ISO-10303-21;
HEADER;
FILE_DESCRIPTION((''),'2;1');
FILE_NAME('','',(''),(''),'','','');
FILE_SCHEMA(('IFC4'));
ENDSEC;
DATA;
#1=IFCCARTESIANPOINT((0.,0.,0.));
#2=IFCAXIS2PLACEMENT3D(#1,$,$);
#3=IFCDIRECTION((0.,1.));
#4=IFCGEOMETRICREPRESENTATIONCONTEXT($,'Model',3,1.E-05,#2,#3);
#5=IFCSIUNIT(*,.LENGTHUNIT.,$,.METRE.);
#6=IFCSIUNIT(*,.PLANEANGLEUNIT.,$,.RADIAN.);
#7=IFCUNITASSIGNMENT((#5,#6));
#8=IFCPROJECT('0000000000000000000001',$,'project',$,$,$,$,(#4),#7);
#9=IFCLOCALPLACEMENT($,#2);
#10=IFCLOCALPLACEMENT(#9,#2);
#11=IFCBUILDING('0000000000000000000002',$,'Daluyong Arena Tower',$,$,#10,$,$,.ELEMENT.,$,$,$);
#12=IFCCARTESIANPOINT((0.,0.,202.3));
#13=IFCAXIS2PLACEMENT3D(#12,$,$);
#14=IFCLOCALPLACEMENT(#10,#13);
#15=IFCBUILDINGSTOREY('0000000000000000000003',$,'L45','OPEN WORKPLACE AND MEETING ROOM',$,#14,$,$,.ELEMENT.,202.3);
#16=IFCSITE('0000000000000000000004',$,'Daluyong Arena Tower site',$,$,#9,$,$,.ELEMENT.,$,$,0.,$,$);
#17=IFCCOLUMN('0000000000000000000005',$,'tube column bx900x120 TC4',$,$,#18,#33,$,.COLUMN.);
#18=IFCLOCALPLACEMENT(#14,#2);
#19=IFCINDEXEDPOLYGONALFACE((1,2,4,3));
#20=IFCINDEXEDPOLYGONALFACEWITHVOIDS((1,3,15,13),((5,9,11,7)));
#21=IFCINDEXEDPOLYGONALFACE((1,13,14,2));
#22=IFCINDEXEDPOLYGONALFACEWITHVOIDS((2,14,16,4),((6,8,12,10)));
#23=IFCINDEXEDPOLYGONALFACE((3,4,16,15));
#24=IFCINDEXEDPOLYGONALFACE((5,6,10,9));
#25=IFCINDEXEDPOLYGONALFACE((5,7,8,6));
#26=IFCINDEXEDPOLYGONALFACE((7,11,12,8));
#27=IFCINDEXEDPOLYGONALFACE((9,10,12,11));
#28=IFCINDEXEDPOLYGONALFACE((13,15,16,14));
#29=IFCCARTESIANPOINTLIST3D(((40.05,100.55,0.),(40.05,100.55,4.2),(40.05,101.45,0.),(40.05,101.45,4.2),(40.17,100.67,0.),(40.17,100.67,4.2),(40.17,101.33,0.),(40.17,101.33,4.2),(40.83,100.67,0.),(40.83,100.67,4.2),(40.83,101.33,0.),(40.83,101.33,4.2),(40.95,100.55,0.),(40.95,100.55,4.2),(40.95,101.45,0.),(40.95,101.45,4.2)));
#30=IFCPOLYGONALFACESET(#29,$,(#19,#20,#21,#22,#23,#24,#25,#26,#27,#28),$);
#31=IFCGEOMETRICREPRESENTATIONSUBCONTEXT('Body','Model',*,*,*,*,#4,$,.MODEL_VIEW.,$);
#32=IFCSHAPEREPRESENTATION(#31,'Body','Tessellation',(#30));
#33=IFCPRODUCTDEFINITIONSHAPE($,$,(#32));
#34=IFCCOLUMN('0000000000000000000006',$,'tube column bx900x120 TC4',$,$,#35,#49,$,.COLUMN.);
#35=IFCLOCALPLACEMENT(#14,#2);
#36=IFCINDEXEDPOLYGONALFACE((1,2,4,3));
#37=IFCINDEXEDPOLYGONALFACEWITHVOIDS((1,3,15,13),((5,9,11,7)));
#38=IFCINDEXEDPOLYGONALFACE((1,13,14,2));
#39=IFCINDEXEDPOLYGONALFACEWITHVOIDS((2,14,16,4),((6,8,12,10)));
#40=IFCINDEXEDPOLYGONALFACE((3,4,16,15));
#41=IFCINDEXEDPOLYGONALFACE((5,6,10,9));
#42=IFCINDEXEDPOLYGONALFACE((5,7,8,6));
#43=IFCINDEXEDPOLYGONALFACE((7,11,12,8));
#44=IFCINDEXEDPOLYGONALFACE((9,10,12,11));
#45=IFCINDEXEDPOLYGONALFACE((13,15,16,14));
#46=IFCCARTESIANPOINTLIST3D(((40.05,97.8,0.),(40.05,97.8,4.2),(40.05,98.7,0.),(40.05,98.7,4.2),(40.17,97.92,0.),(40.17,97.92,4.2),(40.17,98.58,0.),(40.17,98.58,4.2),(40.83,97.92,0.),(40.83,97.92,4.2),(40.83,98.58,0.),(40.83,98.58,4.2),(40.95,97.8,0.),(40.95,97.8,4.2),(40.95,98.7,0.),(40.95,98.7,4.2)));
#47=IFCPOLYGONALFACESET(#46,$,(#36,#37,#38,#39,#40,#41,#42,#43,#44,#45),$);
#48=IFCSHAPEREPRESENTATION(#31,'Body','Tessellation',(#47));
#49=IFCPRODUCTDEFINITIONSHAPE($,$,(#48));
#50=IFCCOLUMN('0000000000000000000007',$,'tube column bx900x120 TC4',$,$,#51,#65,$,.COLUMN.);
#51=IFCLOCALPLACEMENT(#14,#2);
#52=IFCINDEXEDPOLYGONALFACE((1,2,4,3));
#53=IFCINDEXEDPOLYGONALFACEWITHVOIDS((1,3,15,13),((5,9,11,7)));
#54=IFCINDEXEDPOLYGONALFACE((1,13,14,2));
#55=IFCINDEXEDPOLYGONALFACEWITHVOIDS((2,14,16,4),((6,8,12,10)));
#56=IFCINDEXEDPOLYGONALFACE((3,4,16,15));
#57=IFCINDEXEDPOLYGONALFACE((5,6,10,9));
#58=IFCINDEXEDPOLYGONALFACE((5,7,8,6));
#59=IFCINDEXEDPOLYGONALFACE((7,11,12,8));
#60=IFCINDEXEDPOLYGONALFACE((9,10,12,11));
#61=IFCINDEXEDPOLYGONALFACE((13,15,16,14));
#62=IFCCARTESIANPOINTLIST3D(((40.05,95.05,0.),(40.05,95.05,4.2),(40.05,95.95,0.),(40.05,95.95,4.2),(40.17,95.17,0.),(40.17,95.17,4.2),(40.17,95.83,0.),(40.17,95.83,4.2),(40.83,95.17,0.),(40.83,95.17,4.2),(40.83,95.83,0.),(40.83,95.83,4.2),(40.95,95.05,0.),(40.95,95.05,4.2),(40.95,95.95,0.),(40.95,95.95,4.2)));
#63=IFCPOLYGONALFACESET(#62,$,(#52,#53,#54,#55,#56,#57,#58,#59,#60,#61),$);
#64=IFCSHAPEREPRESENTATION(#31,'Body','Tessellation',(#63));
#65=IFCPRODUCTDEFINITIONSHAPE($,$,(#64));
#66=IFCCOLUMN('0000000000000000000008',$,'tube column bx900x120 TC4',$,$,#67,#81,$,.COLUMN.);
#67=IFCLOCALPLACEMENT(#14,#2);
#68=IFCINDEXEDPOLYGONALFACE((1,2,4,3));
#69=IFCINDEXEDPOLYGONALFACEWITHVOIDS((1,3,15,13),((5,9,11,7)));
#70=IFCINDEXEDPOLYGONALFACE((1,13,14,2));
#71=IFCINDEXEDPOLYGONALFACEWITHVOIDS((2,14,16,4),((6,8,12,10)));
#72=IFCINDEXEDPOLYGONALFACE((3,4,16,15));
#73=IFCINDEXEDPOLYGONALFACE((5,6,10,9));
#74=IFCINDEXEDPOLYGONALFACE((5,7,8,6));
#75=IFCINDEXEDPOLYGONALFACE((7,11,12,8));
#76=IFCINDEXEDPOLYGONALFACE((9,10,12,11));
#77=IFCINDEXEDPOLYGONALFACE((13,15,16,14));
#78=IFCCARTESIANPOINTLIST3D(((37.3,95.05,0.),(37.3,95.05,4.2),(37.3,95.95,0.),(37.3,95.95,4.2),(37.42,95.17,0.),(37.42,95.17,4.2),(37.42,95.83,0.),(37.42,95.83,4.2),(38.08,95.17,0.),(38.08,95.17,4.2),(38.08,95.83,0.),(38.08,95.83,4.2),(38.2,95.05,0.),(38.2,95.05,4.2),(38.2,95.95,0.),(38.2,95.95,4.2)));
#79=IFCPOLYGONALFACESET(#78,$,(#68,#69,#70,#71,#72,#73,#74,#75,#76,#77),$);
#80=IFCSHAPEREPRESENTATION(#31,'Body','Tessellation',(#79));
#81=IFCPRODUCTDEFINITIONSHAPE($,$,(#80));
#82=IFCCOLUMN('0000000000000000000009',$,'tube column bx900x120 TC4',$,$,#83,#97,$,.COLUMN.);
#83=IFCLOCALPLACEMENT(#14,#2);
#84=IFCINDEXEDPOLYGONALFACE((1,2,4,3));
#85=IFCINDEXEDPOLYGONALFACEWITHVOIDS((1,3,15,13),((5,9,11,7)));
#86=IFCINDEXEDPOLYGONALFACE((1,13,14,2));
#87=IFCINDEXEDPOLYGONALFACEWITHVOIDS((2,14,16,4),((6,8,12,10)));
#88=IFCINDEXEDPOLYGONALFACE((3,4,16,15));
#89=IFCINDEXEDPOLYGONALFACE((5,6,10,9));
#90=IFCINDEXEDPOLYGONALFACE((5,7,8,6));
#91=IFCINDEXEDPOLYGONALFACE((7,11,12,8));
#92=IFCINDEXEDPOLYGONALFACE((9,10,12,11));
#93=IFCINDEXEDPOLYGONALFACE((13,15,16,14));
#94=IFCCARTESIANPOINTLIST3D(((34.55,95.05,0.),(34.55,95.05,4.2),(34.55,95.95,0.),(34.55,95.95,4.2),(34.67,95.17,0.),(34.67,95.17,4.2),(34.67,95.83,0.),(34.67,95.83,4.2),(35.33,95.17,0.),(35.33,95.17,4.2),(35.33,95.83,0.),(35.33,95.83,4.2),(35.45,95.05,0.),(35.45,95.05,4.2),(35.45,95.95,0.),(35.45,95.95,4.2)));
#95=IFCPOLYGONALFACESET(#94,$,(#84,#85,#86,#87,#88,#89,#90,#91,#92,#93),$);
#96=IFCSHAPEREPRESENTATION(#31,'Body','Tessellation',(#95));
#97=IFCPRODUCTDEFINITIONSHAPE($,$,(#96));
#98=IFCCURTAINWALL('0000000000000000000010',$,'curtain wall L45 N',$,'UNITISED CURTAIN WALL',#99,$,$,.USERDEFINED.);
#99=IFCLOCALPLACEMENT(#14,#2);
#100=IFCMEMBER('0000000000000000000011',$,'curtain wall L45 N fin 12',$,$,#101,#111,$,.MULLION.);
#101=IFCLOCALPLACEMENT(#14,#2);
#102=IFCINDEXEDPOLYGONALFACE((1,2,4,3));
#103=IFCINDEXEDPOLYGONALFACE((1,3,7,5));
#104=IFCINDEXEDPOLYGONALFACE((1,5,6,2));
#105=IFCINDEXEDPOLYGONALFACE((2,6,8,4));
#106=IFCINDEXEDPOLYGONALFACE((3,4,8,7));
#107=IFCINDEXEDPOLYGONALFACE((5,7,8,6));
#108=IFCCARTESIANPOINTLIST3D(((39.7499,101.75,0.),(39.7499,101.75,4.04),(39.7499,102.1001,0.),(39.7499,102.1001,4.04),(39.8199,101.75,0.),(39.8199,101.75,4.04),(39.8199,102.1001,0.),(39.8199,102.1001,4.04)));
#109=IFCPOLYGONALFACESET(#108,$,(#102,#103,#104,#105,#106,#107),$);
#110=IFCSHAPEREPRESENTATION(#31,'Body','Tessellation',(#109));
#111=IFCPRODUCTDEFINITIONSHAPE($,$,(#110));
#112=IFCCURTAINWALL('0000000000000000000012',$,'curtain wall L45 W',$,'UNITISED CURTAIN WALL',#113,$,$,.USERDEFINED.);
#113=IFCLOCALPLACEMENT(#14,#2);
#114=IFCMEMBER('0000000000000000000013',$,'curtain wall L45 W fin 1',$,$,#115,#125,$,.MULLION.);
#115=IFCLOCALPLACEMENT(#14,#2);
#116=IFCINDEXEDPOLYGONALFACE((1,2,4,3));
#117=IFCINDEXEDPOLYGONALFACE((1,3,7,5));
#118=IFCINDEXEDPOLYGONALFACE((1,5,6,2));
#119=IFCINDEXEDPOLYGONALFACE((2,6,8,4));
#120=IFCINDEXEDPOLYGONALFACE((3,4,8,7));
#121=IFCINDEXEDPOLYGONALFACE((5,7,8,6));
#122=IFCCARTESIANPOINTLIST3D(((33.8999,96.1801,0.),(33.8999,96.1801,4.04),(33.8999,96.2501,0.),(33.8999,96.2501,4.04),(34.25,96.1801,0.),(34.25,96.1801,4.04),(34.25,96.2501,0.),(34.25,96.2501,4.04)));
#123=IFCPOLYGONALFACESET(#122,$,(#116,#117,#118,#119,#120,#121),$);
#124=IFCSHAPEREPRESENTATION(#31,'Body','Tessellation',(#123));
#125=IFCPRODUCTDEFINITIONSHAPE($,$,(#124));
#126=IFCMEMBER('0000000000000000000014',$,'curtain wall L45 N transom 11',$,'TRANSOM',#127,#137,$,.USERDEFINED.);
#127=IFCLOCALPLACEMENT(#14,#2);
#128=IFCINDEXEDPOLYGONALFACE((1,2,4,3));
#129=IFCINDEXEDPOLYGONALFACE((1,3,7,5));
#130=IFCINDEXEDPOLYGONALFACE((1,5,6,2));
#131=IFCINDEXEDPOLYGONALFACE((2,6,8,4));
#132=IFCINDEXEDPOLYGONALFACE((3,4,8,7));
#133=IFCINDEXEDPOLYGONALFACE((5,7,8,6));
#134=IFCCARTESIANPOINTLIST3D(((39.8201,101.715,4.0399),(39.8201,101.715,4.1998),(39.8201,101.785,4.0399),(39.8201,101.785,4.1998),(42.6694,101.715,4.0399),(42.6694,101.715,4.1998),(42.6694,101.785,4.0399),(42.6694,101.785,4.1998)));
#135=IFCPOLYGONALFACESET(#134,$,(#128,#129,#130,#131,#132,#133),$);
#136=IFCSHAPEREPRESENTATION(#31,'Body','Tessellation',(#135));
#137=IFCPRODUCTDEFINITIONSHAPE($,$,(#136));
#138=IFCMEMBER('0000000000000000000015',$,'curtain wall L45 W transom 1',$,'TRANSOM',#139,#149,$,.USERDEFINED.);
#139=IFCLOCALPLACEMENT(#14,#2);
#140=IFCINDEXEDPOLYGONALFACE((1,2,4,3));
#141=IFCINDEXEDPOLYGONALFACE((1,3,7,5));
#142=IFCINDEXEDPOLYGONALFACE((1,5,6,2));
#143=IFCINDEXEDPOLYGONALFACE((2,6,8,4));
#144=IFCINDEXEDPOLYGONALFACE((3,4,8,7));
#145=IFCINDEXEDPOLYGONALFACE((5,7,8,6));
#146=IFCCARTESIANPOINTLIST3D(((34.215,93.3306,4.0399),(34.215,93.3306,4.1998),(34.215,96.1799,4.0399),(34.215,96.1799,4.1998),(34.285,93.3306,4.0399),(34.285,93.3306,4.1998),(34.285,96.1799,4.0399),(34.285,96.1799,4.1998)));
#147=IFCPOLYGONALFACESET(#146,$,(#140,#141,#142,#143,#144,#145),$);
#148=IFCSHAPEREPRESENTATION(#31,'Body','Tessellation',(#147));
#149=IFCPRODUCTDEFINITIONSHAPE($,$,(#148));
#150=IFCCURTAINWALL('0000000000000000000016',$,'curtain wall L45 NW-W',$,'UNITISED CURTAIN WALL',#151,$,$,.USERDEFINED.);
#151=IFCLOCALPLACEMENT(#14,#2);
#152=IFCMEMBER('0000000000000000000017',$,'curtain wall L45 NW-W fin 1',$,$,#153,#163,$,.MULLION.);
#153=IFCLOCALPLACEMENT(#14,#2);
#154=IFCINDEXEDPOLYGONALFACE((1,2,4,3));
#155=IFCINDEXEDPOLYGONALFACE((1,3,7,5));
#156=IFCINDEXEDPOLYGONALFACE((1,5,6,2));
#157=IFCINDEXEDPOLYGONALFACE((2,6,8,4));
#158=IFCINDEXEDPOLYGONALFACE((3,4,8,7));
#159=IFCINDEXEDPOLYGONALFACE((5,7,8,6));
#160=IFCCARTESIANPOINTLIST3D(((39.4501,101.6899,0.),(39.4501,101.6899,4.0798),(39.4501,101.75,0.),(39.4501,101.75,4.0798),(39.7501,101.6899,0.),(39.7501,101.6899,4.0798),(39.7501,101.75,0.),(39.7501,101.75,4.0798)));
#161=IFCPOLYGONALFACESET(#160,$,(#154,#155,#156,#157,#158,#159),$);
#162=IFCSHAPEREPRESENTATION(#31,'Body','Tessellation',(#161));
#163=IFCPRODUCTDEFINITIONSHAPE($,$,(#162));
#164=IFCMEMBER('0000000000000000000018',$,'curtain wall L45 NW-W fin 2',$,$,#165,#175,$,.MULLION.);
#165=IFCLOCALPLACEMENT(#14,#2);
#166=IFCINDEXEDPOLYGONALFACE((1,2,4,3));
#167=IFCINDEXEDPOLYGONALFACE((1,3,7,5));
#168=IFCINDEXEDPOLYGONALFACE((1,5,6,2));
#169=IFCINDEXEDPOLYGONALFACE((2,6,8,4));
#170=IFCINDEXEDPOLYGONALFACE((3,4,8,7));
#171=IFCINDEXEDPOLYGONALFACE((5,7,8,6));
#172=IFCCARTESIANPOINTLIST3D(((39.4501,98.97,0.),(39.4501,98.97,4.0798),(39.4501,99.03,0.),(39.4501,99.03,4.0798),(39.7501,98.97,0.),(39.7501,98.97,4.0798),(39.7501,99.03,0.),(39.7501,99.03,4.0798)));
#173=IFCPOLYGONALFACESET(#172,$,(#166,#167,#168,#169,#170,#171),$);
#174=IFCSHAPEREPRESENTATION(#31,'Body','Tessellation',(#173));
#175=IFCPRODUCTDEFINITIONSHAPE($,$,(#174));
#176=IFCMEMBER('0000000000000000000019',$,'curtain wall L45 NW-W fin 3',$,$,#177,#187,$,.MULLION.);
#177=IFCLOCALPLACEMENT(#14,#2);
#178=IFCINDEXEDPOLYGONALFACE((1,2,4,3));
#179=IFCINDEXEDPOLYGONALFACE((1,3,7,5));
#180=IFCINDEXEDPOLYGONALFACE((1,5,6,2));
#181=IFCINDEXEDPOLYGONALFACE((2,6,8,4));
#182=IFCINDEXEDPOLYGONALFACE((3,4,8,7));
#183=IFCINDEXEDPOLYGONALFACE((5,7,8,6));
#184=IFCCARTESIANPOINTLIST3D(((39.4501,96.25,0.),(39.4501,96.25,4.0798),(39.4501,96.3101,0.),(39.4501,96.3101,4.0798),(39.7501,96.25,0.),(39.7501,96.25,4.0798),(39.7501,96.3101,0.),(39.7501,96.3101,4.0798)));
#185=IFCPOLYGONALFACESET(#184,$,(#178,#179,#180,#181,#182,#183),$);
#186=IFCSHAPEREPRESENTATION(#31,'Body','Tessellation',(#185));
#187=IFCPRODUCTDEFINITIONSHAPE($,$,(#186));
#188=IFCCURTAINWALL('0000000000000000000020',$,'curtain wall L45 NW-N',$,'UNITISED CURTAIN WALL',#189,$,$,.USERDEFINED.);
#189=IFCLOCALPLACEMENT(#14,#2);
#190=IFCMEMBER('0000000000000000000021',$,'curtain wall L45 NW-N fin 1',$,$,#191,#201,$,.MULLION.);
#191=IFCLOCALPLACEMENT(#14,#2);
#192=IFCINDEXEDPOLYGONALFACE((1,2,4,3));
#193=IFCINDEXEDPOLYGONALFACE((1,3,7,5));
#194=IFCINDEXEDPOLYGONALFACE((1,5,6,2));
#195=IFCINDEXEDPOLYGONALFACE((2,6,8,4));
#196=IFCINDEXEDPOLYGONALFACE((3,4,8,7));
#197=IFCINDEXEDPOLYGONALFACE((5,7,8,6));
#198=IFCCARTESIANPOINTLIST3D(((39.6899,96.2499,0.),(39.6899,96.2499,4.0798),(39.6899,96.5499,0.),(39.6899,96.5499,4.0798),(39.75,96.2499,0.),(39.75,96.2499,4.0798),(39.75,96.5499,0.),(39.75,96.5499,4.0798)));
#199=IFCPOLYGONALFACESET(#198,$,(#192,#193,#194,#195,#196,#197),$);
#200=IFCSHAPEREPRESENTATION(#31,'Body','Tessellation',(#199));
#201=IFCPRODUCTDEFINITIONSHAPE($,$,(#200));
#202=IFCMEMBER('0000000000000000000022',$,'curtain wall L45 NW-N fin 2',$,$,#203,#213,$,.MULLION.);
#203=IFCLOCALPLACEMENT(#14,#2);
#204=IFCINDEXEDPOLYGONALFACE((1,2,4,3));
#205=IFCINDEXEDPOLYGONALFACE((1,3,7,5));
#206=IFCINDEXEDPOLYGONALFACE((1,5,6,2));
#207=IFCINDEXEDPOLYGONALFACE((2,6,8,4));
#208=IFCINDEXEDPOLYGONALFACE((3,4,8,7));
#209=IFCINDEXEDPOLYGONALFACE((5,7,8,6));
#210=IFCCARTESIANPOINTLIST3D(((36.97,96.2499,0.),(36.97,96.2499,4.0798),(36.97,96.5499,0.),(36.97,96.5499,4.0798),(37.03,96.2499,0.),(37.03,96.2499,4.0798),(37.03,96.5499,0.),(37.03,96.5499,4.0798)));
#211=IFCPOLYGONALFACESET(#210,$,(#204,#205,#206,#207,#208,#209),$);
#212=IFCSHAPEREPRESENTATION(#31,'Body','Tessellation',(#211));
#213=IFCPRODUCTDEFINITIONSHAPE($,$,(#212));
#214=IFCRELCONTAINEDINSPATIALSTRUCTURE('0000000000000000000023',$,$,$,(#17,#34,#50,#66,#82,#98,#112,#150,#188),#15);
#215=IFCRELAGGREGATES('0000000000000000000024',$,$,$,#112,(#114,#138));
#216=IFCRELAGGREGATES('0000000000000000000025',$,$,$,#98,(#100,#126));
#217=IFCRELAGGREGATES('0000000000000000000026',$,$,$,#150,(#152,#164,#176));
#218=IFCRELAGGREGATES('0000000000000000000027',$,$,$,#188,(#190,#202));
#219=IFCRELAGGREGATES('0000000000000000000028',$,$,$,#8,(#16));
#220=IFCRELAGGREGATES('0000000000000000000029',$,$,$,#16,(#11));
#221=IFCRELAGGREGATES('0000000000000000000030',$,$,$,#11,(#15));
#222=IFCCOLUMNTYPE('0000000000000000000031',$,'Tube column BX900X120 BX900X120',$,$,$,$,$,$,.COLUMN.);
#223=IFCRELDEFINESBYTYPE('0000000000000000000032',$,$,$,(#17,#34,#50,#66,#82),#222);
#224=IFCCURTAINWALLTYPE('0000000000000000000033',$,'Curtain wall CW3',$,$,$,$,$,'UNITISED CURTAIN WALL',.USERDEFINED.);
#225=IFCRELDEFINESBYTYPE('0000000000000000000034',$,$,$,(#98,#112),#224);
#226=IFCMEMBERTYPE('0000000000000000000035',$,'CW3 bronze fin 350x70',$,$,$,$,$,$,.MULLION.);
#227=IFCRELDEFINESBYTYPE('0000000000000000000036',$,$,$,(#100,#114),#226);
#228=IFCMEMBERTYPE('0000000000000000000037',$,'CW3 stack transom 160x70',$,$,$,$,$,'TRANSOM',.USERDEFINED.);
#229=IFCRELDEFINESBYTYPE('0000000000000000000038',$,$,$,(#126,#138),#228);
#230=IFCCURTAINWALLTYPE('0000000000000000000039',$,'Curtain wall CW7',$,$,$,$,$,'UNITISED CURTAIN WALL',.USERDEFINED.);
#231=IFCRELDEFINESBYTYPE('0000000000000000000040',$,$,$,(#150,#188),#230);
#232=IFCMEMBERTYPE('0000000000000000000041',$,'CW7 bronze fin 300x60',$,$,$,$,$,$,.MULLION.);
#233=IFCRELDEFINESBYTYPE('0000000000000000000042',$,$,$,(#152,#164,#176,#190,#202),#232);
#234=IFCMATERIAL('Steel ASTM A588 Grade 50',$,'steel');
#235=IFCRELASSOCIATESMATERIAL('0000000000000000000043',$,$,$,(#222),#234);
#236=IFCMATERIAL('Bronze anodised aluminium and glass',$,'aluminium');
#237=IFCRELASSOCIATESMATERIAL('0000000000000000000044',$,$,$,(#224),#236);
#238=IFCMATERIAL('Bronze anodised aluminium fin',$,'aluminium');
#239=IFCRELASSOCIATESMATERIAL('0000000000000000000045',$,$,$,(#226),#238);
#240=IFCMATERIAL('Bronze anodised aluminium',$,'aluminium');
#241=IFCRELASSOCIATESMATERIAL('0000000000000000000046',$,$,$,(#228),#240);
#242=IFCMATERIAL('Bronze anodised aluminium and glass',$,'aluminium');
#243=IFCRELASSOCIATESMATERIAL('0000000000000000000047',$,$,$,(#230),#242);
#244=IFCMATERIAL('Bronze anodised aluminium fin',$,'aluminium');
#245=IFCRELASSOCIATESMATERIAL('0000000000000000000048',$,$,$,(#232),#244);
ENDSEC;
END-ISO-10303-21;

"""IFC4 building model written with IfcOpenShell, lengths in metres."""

from ifc_helpers import new_model, si_unit, direction, frame, origin, origin_2d, place, context, subcontext, project, spatial, rectangle, hollow_rectangle, extrude, material, material_profile, profile_set, type_object, element, aggregate, save


model = new_model("IFC4")

# Units and contexts
model_context = context("Model", 3, precision=1e-05, world=origin(), true_north=direction((0.0, 1.0)))
body_context = subcontext(model_context, "Body", "Model", "MODEL_VIEW")
ifc_project = project(units=[si_unit("LENGTHUNIT", "METRE"), si_unit("PLANEANGLEUNIT", "RADIAN")], contexts=[model_context])

# Site, building, storey
site_placement = place(None, origin())
site = spatial("IfcSite", under=ifc_project, at=site_placement, Name="Daluyong Arena Tower site", CompositionType="ELEMENT", RefElevation=0.0)
building_placement = place(site_placement, origin())
building = spatial("IfcBuilding", under=site, at=building_placement, Name="Daluyong Arena Tower", CompositionType="ELEMENT")
storey_placement = place(building_placement, frame((0.0, 0.0, 202.3)))
storey = spatial("IfcBuildingStorey", under=building, at=storey_placement, Name="L45", Description="OPEN WORKPLACE AND MEETING ROOM", CompositionType="ELEMENT", Elevation=202.3)

# Columns
ifc_material_1 = material(Name="Steel ASTM A588 Grade 50", Category="steel")
ifc_material_profile_1 = material_profile(ifc_material_1, hollow_rectangle(XDim=0.8999, YDim=0.8999, WallThickness=0.12, at=origin_2d()))
ifc_profile_set_1 = profile_set([ifc_material_profile_1], Name="Steel ASTM A588 Grade 50")
column_type = type_object("IfcColumnType", Name="Tube column BX900X120 BX900X120", PredefinedType="COLUMN", material=ifc_profile_set_1)
for number, where, z_axis, x_axis, name in (
    (1, (40.5, 101.0, 0.0), (0.0, 0.0, 1.0), (0.0, 1.0, 0.0), "tube column bx900x120 TC4"),
    (2, (40.5, 98.25, 0.0), (0.0, 0.0, 1.0), (0.0, 1.0, 0.0), "tube column bx900x120 TC4"),
    (3, (40.5, 95.5, 0.0), (0.0, 0.0, 1.0), (1.0, 0.0, 0.0), "tube column bx900x120 TC4"),
    (4, (37.75, 95.5, 0.0), (0.0, 0.0, 1.0), (1.0, 0.0, 0.0), "tube column bx900x120 TC4"),
    (5, (35.0, 95.5, 0.0), (0.0, 0.0, 1.0), (0.0, 1.0, 0.0), "tube column bx900x120 TC4"),
):
    element("IfcColumn", number, at=place(storey_placement, frame(where, z_axis=z_axis, x_axis=x_axis)), inside=storey, type_object=column_type, Name=name, PredefinedType="COLUMN", context=body_context, shape_type="SweptSolid", body=[
        extrude(hollow_rectangle(XDim=0.8999, YDim=0.8999, WallThickness=0.12, at=origin_2d()), origin(), (0.0, 0.0, 1.0), 4.2),
    ])

# Curtain walls, members
ifc_material_2 = material(Name="Bronze anodised aluminium and glass", Category="aluminium")
curtain_wall_type_1 = type_object("IfcCurtainWallType", Name="Curtain wall CW3", ElementType="UNITISED CURTAIN WALL", PredefinedType="USERDEFINED", material=ifc_material_2)
curtain_wall_1_placement = place(storey_placement, origin())
curtain_wall_1 = element("IfcCurtainWall", 6, at=curtain_wall_1_placement, inside=storey, type_object=curtain_wall_type_1, Name="curtain wall L45 N", ObjectType="UNITISED CURTAIN WALL", PredefinedType="USERDEFINED")
ifc_material_3 = material(Name="Bronze anodised aluminium fin", Category="aluminium")
ifc_material_profile_2 = material_profile(ifc_material_3, rectangle(XDim=0.3501, YDim=0.0701, at=origin_2d()))
ifc_profile_set_2 = profile_set([ifc_material_profile_2], Name="Bronze anodised aluminium fin")
member_type_1 = type_object("IfcMemberType", Name="CW3 bronze fin 350x70", PredefinedType="MULLION", material=ifc_profile_set_2)
member_1_placement = place(storey_placement, frame((39.7849, 101.925, 0.0), z_axis=(0.0, 0.0, 1.0), x_axis=(0.0, -1.0, 0.0)))
member_1 = element("IfcMember", 7, at=member_1_placement, type_object=member_type_1, Name="curtain wall L45 N fin 12", PredefinedType="MULLION", context=body_context, shape_type="SweptSolid", body=[
    extrude(rectangle(XDim=0.3501, YDim=0.0701, at=origin_2d()), origin(), (0.0, 0.0, 1.0), 4.04),
])
curtain_wall_2_placement = place(storey_placement, origin())
curtain_wall_2 = element("IfcCurtainWall", 8, at=curtain_wall_2_placement, inside=storey, type_object=curtain_wall_type_1, Name="curtain wall L45 W", ObjectType="UNITISED CURTAIN WALL", PredefinedType="USERDEFINED")
member_2_placement = place(storey_placement, frame((34.075, 96.2151, 0.0), z_axis=(0.0, 0.0, 1.0), x_axis=(1.0, 0.0, 0.0)))
member_2 = element("IfcMember", 9, at=member_2_placement, type_object=member_type_1, Name="curtain wall L45 W fin 1", PredefinedType="MULLION", context=body_context, shape_type="SweptSolid", body=[
    extrude(rectangle(XDim=0.3501, YDim=0.0701, at=origin_2d()), origin(), (0.0, 0.0, 1.0), 4.04),
])

# Members
ifc_material_4 = material(Name="Bronze anodised aluminium", Category="aluminium")
ifc_material_profile_3 = material_profile(ifc_material_4, rectangle(XDim=0.0701, YDim=0.1599, at=origin_2d()))
ifc_profile_set_3 = profile_set([ifc_material_profile_3], Name="Bronze anodised aluminium")
member_type_2 = type_object("IfcMemberType", Name="CW3 stack transom 160x70", ElementType="TRANSOM", PredefinedType="USERDEFINED", material=ifc_profile_set_3)
member_3_placement = place(storey_placement, frame((42.6694, 101.75, 4.1199), z_axis=(-1.0, 0.0, 0.0), x_axis=(0.0, -1.0, 0.0)))
member_3 = element("IfcMember", 10, at=member_3_placement, type_object=member_type_2, Name="curtain wall L45 N transom 11", ObjectType="TRANSOM", PredefinedType="USERDEFINED", context=body_context, shape_type="SweptSolid", body=[
    extrude(rectangle(XDim=0.0701, YDim=0.1599, at=origin_2d()), origin(), (0.0, 0.0, 1.0), 2.8494),
])
member_4_placement = place(storey_placement, frame((34.25, 96.1799, 4.1199), z_axis=(0.0, -1.0, 0.0), x_axis=(1.0, 0.0, 0.0)))
member_4 = element("IfcMember", 11, at=member_4_placement, type_object=member_type_2, Name="curtain wall L45 W transom 1", ObjectType="TRANSOM", PredefinedType="USERDEFINED", context=body_context, shape_type="SweptSolid", body=[
    extrude(rectangle(XDim=0.0701, YDim=0.1599, at=origin_2d()), origin(), (0.0, 0.0, 1.0), 2.8494),
])
aggregate(curtain_wall_2, [member_2, member_4])

# Curtain walls, members
ifc_material_5 = material(Name="Bronze anodised aluminium and glass", Category="aluminium")
curtain_wall_type_2 = type_object("IfcCurtainWallType", Name="Curtain wall CW7", ElementType="UNITISED CURTAIN WALL", PredefinedType="USERDEFINED", material=ifc_material_5)
curtain_wall_3_placement = place(storey_placement, origin())
curtain_wall_3 = element("IfcCurtainWall", 12, at=curtain_wall_3_placement, inside=storey, type_object=curtain_wall_type_2, Name="curtain wall L45 NW-W", ObjectType="UNITISED CURTAIN WALL", PredefinedType="USERDEFINED")
ifc_material_6 = material(Name="Bronze anodised aluminium fin", Category="aluminium")
ifc_material_profile_4 = material_profile(ifc_material_6, rectangle(XDim=0.3, YDim=0.0601, at=origin_2d()))
ifc_profile_set_4 = profile_set([ifc_material_profile_4], Name="Bronze anodised aluminium fin")
member_type_3 = type_object("IfcMemberType", Name="CW7 bronze fin 300x60", PredefinedType="MULLION", material=ifc_profile_set_4)
member_5_placement = place(storey_placement, frame((39.6001, 101.72, 0.0), z_axis=(0.0, 0.0, 1.0), x_axis=(1.0, 0.0, 0.0)))
member_5 = element("IfcMember", 13, at=member_5_placement, type_object=member_type_3, Name="curtain wall L45 NW-W fin 1", PredefinedType="MULLION", context=body_context, shape_type="SweptSolid", body=[
    extrude(rectangle(XDim=0.3, YDim=0.0601, at=origin_2d()), origin(), (0.0, 0.0, 1.0), 4.0798),
])
member_6_placement = place(storey_placement, frame((39.6001, 99.0, 0.0), z_axis=(0.0, 0.0, 1.0), x_axis=(1.0, 0.0, 0.0)))
member_6 = element("IfcMember", 14, at=member_6_placement, type_object=member_type_3, Name="curtain wall L45 NW-W fin 2", PredefinedType="MULLION", context=body_context, shape_type="SweptSolid", body=[
    extrude(rectangle(XDim=0.3, YDim=0.0601, at=origin_2d()), origin(), (0.0, 0.0, 1.0), 4.0798),
])
member_7_placement = place(storey_placement, frame((39.6001, 96.28, 0.0), z_axis=(0.0, 0.0, 1.0), x_axis=(1.0, 0.0, 0.0)))
member_7 = element("IfcMember", 15, at=member_7_placement, type_object=member_type_3, Name="curtain wall L45 NW-W fin 3", PredefinedType="MULLION", context=body_context, shape_type="SweptSolid", body=[
    extrude(rectangle(XDim=0.3, YDim=0.0601, at=origin_2d()), origin(), (0.0, 0.0, 1.0), 4.0798),
])
curtain_wall_4_placement = place(storey_placement, origin())
curtain_wall_4 = element("IfcCurtainWall", 16, at=curtain_wall_4_placement, inside=storey, type_object=curtain_wall_type_2, Name="curtain wall L45 NW-N", ObjectType="UNITISED CURTAIN WALL", PredefinedType="USERDEFINED")
member_8_placement = place(storey_placement, frame((39.72, 96.3999, 0.0), z_axis=(0.0, 0.0, 1.0), x_axis=(0.0, -1.0, 0.0)))
member_8 = element("IfcMember", 17, at=member_8_placement, type_object=member_type_3, Name="curtain wall L45 NW-N fin 1", PredefinedType="MULLION", context=body_context, shape_type="SweptSolid", body=[
    extrude(rectangle(XDim=0.3, YDim=0.0601, at=origin_2d()), origin(), (0.0, 0.0, 1.0), 4.0798),
])
member_9_placement = place(storey_placement, frame((37.0, 96.3999, 0.0), z_axis=(0.0, 0.0, 1.0), x_axis=(0.0, -1.0, 0.0)))
member_9 = element("IfcMember", 18, at=member_9_placement, type_object=member_type_3, Name="curtain wall L45 NW-N fin 2", PredefinedType="MULLION", context=body_context, shape_type="SweptSolid", body=[
    extrude(rectangle(XDim=0.3, YDim=0.0601, at=origin_2d()), origin(), (0.0, 0.0, 1.0), 4.0798),
])

aggregate(curtain_wall_1, [member_1, member_3])
aggregate(curtain_wall_3, [member_5, member_6, member_7])
aggregate(curtain_wall_4, [member_8, member_9])

save(model, "model.ifc")
